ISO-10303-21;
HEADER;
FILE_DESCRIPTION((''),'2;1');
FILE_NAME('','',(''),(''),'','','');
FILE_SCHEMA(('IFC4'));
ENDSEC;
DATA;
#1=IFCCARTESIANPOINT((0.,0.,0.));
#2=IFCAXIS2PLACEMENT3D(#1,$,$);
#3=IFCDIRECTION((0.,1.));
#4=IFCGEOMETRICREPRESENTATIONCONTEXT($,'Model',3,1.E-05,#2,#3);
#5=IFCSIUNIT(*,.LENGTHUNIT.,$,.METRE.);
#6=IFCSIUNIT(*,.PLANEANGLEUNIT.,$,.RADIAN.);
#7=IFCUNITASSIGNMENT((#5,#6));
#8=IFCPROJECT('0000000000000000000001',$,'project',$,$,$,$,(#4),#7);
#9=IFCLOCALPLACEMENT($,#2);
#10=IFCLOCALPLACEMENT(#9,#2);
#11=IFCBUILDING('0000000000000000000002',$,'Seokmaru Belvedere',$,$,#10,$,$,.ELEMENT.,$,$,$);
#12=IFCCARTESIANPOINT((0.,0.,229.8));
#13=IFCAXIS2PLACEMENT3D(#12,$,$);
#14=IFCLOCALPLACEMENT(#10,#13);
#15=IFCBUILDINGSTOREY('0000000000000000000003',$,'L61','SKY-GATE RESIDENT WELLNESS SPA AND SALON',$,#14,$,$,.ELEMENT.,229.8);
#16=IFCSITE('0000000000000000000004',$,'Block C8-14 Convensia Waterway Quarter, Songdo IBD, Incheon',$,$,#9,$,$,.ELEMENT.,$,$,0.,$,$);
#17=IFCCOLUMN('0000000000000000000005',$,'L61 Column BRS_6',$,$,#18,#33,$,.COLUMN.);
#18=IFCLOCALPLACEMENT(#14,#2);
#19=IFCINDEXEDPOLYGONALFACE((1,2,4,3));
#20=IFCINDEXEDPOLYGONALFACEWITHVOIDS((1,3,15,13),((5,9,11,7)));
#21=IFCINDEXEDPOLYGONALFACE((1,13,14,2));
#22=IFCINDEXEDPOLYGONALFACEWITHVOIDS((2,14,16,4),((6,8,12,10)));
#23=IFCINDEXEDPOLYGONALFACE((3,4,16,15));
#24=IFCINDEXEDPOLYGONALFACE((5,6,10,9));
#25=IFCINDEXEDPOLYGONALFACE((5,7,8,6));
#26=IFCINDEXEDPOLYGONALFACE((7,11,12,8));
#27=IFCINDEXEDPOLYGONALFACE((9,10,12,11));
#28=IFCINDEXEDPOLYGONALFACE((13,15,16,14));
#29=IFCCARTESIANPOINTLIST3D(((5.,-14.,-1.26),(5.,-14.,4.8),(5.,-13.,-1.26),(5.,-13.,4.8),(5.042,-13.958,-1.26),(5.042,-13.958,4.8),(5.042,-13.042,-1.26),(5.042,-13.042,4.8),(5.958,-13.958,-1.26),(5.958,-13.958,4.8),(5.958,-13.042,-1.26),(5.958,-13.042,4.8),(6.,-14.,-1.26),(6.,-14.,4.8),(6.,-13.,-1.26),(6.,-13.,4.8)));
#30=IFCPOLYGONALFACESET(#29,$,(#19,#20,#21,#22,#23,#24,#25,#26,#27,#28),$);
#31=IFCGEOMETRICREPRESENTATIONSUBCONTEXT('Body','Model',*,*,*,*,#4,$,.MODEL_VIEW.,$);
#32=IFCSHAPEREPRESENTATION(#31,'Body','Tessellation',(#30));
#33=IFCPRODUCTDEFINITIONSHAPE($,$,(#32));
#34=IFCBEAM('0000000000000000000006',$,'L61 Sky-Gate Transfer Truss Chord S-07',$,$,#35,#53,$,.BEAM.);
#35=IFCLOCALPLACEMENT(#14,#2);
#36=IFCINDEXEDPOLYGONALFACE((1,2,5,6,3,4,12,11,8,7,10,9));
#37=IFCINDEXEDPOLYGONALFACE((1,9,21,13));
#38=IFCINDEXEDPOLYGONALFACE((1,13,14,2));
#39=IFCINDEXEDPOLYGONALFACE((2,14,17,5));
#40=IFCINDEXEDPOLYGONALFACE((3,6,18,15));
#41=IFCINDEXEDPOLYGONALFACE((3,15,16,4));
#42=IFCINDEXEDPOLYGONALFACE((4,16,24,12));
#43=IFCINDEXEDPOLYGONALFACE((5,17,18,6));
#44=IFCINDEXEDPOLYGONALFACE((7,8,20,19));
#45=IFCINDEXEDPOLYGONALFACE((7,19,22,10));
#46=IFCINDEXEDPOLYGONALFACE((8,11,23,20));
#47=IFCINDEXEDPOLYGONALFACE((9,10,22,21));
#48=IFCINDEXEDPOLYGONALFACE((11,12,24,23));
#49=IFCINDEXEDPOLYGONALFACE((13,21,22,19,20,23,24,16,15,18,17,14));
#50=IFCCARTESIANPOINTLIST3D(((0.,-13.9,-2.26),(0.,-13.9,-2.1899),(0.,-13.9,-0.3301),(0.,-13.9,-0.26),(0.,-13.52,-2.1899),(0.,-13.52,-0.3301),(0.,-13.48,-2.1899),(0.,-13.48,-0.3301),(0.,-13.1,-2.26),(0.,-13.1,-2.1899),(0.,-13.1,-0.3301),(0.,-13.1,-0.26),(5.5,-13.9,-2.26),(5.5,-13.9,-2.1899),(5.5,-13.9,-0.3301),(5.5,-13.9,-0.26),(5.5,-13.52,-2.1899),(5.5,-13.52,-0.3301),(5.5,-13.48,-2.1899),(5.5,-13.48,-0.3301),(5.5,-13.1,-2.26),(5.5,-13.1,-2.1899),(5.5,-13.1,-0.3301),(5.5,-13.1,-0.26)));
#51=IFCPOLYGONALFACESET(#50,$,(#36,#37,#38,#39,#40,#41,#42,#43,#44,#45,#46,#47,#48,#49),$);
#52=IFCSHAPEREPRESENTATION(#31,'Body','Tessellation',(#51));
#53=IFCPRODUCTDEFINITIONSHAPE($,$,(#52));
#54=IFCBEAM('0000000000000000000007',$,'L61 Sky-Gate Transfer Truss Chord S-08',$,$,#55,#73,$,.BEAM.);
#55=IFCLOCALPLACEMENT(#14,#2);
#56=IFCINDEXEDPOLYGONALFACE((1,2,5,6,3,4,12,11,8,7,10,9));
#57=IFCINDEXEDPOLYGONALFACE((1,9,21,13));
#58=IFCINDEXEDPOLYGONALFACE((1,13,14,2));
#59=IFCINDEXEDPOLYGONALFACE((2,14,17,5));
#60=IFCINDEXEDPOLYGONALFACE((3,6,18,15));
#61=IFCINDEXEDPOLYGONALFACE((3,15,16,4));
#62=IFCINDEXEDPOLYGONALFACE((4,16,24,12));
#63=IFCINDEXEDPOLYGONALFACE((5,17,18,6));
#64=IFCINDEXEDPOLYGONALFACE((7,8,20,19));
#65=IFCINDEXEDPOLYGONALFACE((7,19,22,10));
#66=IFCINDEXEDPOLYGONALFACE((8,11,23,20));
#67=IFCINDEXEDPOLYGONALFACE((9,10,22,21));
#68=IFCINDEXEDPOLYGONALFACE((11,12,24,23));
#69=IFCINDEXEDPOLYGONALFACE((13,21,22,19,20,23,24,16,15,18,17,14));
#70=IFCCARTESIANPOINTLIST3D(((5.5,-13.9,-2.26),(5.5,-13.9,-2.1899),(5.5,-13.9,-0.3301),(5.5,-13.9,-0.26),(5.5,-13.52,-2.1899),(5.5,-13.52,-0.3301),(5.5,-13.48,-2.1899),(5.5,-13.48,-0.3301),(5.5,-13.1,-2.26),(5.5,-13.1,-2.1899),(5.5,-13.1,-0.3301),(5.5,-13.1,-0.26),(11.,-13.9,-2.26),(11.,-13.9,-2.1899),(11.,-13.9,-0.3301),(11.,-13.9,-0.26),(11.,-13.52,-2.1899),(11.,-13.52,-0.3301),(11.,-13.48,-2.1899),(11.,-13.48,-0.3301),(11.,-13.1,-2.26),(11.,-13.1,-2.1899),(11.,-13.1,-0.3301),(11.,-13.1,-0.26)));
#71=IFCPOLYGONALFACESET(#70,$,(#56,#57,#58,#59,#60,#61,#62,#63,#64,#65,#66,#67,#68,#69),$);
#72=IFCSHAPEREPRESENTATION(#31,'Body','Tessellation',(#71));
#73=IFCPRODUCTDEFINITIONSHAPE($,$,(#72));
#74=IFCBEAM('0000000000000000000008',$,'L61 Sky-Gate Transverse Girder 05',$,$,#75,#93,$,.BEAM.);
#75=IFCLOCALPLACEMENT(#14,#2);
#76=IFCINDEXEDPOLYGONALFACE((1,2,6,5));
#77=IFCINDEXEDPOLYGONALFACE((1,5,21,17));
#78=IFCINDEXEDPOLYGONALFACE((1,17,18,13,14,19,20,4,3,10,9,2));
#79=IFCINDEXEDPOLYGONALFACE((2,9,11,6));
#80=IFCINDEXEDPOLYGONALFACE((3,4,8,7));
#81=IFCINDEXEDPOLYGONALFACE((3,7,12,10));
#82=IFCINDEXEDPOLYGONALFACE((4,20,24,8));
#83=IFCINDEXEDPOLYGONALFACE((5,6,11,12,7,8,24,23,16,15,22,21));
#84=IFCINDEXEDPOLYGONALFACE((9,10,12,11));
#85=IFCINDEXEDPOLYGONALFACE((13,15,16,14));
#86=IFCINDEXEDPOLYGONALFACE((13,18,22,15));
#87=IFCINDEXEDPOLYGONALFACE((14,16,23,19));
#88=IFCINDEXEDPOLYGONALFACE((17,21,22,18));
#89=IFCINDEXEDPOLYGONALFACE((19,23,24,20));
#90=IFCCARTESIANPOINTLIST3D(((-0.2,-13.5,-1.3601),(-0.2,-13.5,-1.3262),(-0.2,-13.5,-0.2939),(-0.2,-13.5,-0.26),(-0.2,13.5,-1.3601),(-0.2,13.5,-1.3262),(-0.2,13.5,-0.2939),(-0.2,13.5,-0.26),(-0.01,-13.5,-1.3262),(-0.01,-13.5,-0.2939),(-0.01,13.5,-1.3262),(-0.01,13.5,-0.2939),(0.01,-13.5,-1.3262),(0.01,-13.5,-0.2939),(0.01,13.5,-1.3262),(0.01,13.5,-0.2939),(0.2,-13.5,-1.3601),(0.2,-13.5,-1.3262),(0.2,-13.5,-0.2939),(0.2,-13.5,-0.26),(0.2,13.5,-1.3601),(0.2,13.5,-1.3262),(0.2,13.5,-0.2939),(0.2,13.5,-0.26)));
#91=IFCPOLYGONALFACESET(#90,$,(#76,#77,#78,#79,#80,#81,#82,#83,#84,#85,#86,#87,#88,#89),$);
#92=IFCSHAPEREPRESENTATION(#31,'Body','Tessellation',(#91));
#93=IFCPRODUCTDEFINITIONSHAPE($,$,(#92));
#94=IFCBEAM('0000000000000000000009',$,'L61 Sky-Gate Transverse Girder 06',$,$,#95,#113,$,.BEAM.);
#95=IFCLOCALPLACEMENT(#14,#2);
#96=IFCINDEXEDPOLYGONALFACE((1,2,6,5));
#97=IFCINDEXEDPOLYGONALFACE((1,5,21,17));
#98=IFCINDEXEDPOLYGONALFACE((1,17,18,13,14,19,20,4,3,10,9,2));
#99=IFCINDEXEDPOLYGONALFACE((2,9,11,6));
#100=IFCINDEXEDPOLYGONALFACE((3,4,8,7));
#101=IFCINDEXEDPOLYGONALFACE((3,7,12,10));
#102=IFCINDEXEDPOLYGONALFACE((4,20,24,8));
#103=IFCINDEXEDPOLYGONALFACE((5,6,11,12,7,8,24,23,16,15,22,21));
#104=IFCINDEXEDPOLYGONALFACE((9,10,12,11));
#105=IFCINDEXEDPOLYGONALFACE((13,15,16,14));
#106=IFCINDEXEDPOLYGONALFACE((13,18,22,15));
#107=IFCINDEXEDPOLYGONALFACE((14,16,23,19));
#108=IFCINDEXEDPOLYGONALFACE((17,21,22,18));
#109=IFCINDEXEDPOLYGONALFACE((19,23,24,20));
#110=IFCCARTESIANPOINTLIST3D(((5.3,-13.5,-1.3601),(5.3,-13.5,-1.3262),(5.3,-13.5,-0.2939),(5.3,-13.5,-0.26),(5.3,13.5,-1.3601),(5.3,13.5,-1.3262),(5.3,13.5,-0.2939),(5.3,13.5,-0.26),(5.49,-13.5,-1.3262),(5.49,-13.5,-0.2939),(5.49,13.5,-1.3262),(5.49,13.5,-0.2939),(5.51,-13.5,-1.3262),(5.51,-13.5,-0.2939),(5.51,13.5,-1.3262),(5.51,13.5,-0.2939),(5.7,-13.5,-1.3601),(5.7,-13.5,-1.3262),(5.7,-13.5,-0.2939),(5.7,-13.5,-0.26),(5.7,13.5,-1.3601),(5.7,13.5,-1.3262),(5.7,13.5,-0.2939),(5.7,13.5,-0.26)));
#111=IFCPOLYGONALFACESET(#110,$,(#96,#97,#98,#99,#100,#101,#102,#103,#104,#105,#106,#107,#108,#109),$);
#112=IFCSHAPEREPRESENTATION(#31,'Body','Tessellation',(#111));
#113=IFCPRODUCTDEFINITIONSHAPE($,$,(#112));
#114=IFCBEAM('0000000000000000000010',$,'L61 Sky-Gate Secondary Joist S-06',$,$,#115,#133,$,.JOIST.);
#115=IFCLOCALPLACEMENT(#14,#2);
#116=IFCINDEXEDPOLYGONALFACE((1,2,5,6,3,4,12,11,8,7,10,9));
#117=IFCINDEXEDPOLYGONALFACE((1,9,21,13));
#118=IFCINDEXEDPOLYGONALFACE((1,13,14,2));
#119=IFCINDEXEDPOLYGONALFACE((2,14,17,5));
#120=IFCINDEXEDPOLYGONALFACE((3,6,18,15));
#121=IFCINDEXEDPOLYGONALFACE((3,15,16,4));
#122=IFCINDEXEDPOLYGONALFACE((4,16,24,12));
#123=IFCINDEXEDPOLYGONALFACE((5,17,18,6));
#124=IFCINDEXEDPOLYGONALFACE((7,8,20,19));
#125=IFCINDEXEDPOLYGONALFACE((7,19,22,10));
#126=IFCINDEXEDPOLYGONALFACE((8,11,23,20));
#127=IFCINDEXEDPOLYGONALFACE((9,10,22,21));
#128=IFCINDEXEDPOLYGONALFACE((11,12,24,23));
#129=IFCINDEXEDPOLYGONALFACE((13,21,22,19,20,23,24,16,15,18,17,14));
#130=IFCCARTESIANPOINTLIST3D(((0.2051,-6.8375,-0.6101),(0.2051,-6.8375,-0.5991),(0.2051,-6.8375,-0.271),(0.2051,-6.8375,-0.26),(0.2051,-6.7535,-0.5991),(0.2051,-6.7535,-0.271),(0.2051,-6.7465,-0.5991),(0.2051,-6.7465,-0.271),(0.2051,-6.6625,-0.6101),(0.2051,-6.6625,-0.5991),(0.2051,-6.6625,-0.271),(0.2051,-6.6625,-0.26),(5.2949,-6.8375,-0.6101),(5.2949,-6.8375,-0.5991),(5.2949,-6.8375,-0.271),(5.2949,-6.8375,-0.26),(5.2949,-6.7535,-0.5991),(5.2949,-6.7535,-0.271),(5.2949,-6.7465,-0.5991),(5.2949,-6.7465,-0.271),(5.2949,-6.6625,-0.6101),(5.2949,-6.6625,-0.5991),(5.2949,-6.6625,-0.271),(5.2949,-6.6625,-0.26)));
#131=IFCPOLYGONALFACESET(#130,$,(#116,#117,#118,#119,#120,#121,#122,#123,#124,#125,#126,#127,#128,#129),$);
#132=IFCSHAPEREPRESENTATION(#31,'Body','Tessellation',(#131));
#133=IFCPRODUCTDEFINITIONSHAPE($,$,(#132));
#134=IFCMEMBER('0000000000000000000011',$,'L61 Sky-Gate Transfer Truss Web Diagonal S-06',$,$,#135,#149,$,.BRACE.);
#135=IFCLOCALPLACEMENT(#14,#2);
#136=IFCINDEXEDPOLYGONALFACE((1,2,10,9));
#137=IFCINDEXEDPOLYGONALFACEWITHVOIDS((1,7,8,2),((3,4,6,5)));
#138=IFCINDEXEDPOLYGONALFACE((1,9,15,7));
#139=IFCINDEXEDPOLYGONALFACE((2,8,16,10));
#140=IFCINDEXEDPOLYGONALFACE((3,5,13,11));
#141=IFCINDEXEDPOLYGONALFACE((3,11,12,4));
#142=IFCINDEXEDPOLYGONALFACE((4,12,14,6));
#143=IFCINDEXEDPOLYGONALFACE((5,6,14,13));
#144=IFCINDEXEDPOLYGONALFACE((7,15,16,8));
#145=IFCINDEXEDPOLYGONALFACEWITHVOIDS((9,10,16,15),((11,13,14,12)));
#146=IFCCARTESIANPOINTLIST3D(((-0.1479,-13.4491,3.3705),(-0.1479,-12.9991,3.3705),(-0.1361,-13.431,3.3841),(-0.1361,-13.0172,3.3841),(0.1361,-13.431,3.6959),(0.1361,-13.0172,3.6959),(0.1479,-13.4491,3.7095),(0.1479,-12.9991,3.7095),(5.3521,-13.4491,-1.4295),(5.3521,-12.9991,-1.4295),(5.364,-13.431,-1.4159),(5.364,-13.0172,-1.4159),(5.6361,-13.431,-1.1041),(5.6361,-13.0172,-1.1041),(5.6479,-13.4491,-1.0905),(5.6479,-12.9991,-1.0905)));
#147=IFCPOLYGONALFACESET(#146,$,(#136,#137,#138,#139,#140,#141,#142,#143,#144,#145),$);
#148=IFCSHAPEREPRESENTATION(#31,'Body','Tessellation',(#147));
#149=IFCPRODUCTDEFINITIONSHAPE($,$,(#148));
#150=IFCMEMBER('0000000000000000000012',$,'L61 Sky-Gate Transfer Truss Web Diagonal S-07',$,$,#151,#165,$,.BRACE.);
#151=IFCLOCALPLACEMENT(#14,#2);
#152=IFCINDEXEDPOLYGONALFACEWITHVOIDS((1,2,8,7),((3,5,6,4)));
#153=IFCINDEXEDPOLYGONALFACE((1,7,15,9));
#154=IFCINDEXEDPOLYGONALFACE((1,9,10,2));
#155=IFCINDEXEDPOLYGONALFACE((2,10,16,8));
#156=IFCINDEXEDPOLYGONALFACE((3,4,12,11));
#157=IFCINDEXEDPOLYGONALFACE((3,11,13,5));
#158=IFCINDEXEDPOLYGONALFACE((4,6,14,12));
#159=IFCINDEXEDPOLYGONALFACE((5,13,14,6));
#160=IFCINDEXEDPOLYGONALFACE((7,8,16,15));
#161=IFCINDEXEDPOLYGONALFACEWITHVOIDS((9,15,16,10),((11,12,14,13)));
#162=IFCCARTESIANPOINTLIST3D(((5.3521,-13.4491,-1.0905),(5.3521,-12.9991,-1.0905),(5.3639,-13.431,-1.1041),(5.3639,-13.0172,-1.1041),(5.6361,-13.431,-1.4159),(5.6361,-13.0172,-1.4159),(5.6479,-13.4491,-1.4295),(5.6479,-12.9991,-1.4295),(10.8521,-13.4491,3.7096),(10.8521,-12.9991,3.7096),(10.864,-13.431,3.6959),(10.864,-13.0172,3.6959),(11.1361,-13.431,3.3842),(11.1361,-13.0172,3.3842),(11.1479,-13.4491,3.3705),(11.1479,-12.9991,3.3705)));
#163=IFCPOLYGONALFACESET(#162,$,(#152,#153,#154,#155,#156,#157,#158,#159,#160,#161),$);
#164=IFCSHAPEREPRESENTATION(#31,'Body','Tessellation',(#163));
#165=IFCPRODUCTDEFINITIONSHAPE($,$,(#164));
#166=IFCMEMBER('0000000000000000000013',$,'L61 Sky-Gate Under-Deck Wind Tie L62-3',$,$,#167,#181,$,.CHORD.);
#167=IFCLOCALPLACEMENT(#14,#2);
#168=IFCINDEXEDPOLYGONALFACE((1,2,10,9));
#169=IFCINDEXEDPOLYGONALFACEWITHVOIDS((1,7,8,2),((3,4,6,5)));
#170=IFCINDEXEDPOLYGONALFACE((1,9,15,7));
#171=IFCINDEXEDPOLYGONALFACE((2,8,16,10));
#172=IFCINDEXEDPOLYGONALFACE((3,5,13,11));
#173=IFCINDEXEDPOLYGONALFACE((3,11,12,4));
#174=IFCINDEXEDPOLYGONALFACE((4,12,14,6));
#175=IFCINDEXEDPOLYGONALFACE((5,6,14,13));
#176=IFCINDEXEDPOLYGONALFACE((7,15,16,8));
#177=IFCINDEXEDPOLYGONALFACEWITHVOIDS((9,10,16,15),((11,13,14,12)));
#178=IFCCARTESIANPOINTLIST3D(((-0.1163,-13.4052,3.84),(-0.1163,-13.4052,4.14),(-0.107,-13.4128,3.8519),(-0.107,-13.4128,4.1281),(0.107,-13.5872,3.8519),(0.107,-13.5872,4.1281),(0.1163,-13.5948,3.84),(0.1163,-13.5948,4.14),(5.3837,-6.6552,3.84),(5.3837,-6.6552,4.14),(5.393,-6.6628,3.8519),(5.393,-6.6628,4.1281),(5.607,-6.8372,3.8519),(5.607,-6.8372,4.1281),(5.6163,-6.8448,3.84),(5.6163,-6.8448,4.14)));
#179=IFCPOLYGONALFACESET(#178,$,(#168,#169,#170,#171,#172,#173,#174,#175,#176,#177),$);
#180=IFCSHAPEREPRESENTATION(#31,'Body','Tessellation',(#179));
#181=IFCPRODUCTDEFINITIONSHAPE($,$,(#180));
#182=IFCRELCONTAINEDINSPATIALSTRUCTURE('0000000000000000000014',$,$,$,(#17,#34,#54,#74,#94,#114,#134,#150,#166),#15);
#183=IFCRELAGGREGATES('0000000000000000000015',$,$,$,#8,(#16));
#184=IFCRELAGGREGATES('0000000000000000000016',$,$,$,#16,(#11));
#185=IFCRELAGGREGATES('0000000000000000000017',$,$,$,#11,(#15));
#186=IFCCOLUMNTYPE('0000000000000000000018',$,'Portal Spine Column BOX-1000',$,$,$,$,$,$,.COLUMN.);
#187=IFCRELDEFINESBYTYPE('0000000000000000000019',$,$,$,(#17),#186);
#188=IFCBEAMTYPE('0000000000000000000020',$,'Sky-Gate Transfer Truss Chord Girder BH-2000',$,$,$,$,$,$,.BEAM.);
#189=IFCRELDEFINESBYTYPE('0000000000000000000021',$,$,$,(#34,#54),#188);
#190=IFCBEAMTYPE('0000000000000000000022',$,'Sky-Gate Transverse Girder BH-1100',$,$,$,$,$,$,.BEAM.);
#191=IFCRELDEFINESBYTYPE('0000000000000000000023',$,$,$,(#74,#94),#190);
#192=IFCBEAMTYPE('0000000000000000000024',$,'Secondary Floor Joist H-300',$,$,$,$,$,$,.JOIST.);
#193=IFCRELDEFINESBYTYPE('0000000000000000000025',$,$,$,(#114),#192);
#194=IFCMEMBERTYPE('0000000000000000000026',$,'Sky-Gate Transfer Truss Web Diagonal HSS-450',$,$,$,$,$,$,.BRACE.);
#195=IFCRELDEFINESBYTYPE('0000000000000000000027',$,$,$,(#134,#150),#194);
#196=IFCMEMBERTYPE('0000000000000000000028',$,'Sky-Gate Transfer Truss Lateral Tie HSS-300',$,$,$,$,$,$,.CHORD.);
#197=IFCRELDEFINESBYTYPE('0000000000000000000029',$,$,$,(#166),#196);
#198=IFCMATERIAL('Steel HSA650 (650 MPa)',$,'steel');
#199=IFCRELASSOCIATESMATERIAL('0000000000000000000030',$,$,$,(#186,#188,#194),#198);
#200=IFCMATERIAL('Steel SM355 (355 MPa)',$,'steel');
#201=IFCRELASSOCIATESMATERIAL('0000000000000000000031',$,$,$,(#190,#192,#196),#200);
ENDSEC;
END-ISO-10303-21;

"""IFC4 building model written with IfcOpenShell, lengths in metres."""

from ifc_helpers import new_model, si_unit, direction, frame, origin, origin_2d, place, context, subcontext, project, spatial, hollow_rectangle, i_section, extrude, source, transform, mapped, material, material_profile, profile_set, type_object, type_shapes, element, save


model = new_model("IFC4")

# Units and contexts
model_context = context("Model", 3, precision=1e-05, world=origin(), true_north=direction((0.0, 1.0)))
body_context = subcontext(model_context, "Body", "Model", "MODEL_VIEW")
ifc_project = project(units=[si_unit("LENGTHUNIT", "METRE"), si_unit("PLANEANGLEUNIT", "RADIAN")], contexts=[model_context])

# Site, building, storey
site_placement = place(None, origin())
site = spatial("IfcSite", under=ifc_project, at=site_placement, Name="Block C8-14 Convensia Waterway Quarter, Songdo IBD, Incheon", CompositionType="ELEMENT", RefElevation=0.0)
building_placement = place(site_placement, origin())
building = spatial("IfcBuilding", under=site, at=building_placement, Name="Seokmaru Belvedere", CompositionType="ELEMENT")
storey_placement = place(building_placement, frame((0.0, 0.0, 229.8)))
storey = spatial("IfcBuildingStorey", under=building, at=storey_placement, Name="L61", Description="SKY-GATE RESIDENT WELLNESS SPA AND SALON", CompositionType="ELEMENT", Elevation=229.8)

# Column
ifc_material_1 = material(Name="Steel HSA650 (650 MPa)", Category="steel")
ifc_material_profile_1 = material_profile(ifc_material_1, hollow_rectangle(XDim=1.0, YDim=1.0, WallThickness=0.042, at=origin_2d()), Name="BOX-1000x1000x42")
ifc_profile_set_1 = profile_set([ifc_material_profile_1], Name="Steel HSA650 (650 MPa)")
column_type = type_object("IfcColumnType", Name="Portal Spine Column BOX-1000", PredefinedType="COLUMN", material=ifc_profile_set_1)
shared_shape_1 = source(origin(), body_context, "Body", "SweptSolid", [
    extrude(hollow_rectangle(XDim=1.0, YDim=1.0, WallThickness=0.042, at=origin_2d()), origin(), (0.0, 0.0, 1.0), 6.0601),
])
type_shapes(column_type, [shared_shape_1])
column_placement = place(storey_placement, frame((5.5, -13.5, -1.26), z_axis=(0.0, 0.0, 1.0), x_axis=(1.0, 0.0, 0.0)))
element("IfcColumn", 1, at=column_placement, inside=storey, type_object=column_type, Name="L61 Column BRS_6", PredefinedType="COLUMN", context=body_context, shape_type="MappedRepresentation", body=[
    mapped(shared_shape_1, transform((0.0, 0.0, 0.0), scale=1.0)),
])

# Beams
ifc_material_profile_2 = material_profile(ifc_material_1, i_section(OverallWidth=0.8, OverallDepth=2.0, WebThickness=0.04, FlangeThickness=0.0701, at=origin_2d()), Name="BH-2000x800x40x70")
ifc_profile_set_2 = profile_set([ifc_material_profile_2], Name="Steel HSA650 (650 MPa)")
beam_type_1 = type_object("IfcBeamType", Name="Sky-Gate Transfer Truss Chord Girder BH-2000", PredefinedType="BEAM", material=ifc_profile_set_2)
shared_shape_2 = source(origin(), body_context, "Body", "SweptSolid", [
    extrude(i_section(OverallWidth=0.8, OverallDepth=2.0, WebThickness=0.04, FlangeThickness=0.0701, at=origin_2d()), origin(), (0.0, 0.0, 1.0), 5.5),
])
type_shapes(beam_type_1, [shared_shape_2])
for number, where, z_axis, x_axis, name in (
    (2, (0.0, -13.5, -1.26), (1.0, 0.0, 0.0), (0.0, 1.0, 0.0), "L61 Sky-Gate Transfer Truss Chord S-07"),
    (3, (5.5, -13.5, -1.26), (1.0, 0.0, 0.0), (0.0, 1.0, 0.0), "L61 Sky-Gate Transfer Truss Chord S-08"),
):
    element("IfcBeam", number, at=place(storey_placement, frame(where, z_axis=z_axis, x_axis=x_axis)), inside=storey, type_object=beam_type_1, Name=name, PredefinedType="BEAM", context=body_context, shape_type="MappedRepresentation", body=[
        mapped(shared_shape_2, transform((0.0, 0.0, 0.0), scale=1.0)),
    ])
ifc_material_2 = material(Name="Steel SM355 (355 MPa)", Category="steel")
ifc_material_profile_3 = material_profile(ifc_material_2, i_section(OverallWidth=0.3999, OverallDepth=1.1001, WebThickness=0.02, FlangeThickness=0.0339, at=origin_2d()), Name="BH-1100x400x20x34")
ifc_profile_set_3 = profile_set([ifc_material_profile_3], Name="Steel SM355 (355 MPa)")
beam_type_2 = type_object("IfcBeamType", Name="Sky-Gate Transverse Girder BH-1100", PredefinedType="BEAM", material=ifc_profile_set_3)
shared_shape_3 = source(origin(), body_context, "Body", "SweptSolid", [
    extrude(i_section(OverallWidth=0.3999, OverallDepth=1.1001, WebThickness=0.02, FlangeThickness=0.0339, at=origin_2d()), origin(), (0.0, 0.0, 1.0), 27.0),
])
type_shapes(beam_type_2, [shared_shape_3])
for number, where, z_axis, x_axis, name in (
    (4, (0.0, -13.5, -0.8101), (0.0, 1.0, 0.0), (-1.0, 0.0, 0.0), "L61 Sky-Gate Transverse Girder 05"),
    (5, (5.5, -13.5, -0.8101), (0.0, 1.0, 0.0), (-1.0, 0.0, 0.0), "L61 Sky-Gate Transverse Girder 06"),
):
    element("IfcBeam", number, at=place(storey_placement, frame(where, z_axis=z_axis, x_axis=x_axis)), inside=storey, type_object=beam_type_2, Name=name, PredefinedType="BEAM", context=body_context, shape_type="MappedRepresentation", body=[
        mapped(shared_shape_3, transform((0.0, 0.0, 0.0), scale=1.0)),
    ])
ifc_material_profile_4 = material_profile(ifc_material_2, i_section(OverallWidth=0.175, OverallDepth=0.3501, WebThickness=0.0071, FlangeThickness=0.011, at=origin_2d()), Name="H-350x175x7x11")
ifc_profile_set_4 = profile_set([ifc_material_profile_4], Name="Steel SM355 (355 MPa)")
beam_type_3 = type_object("IfcBeamType", Name="Secondary Floor Joist H-300", PredefinedType="JOIST", material=ifc_profile_set_4)
shared_shape_4 = source(origin(), body_context, "Body", "SweptSolid", [
    extrude(i_section(OverallWidth=0.175, OverallDepth=0.3501, WebThickness=0.0071, FlangeThickness=0.011, at=origin_2d()), origin(), (0.0, 0.0, 1.0), 5.0898),
])
type_shapes(beam_type_3, [shared_shape_4])
beam_placement = place(storey_placement, frame((0.2051, -6.75, -0.4351), z_axis=(1.0, 0.0, 0.0), x_axis=(0.0, 1.0, 0.0)))
element("IfcBeam", 6, at=beam_placement, inside=storey, type_object=beam_type_3, Name="L61 Sky-Gate Secondary Joist S-06", PredefinedType="JOIST", context=body_context, shape_type="MappedRepresentation", body=[
    mapped(shared_shape_4, transform((0.0, 0.0, 0.0), scale=1.0)),
])

# Members
ifc_material_profile_5 = material_profile(ifc_material_1, hollow_rectangle(XDim=0.45, YDim=0.45, WallThickness=0.0181, at=origin_2d()), Name="HSS-450x450x18")
ifc_profile_set_5 = profile_set([ifc_material_profile_5], Name="Steel HSA650 (650 MPa)")
member_type_1 = type_object("IfcMemberType", Name="Sky-Gate Transfer Truss Web Diagonal HSS-450", PredefinedType="BRACE", material=ifc_profile_set_5)
shared_shape_5 = source(origin(), body_context, "Body", "SweptSolid", [
    extrude(hollow_rectangle(XDim=0.45, YDim=0.45, WallThickness=0.0181, at=origin_2d()), origin(), (0.0, 0.0, 1.0), 7.3),
])
type_shapes(member_type_1, [shared_shape_5])
for number, where, z_axis, x_axis, name in (
    (7, (0.0, -13.2241, 3.54), (0.753421, 0.0, -0.657538), (0.0, 1.0, 0.0), "L61 Sky-Gate Transfer Truss Web Diagonal S-06"),
    (8, (5.5, -13.2241, -1.26), (0.753421, 0.0, 0.657538), (0.0, 1.0, 0.0), "L61 Sky-Gate Transfer Truss Web Diagonal S-07"),
):
    element("IfcMember", number, at=place(storey_placement, frame(where, z_axis=z_axis, x_axis=x_axis)), inside=storey, type_object=member_type_1, Name=name, PredefinedType="BRACE", context=body_context, shape_type="MappedRepresentation", body=[
        mapped(shared_shape_5, transform((0.0, 0.0, 0.0), scale=1.0)),
    ])
ifc_material_profile_6 = material_profile(ifc_material_2, hollow_rectangle(XDim=0.3, YDim=0.3, WallThickness=0.012, at=origin_2d()), Name="HSS-300x300x12")
ifc_profile_set_6 = profile_set([ifc_material_profile_6], Name="Steel SM355 (355 MPa)")
member_type_2 = type_object("IfcMemberType", Name="Sky-Gate Transfer Truss Lateral Tie HSS-300", PredefinedType="CHORD", material=ifc_profile_set_6)
shared_shape_6 = source(origin(), body_context, "Body", "SweptSolid", [
    extrude(hollow_rectangle(XDim=0.3, YDim=0.3, WallThickness=0.012, at=origin_2d()), origin(), (0.0, 0.0, 1.0), 8.707),
])
type_shapes(member_type_2, [shared_shape_6])
member_1_placement = place(storey_placement, frame((0.0, -13.5, 3.99), z_axis=(0.631673, 0.775235, 0.0), x_axis=(-0.775235, 0.631673, 0.0)))
element("IfcMember", 9, at=member_1_placement, inside=storey, type_object=member_type_2, Name="L61 Sky-Gate Under-Deck Wind Tie L62-3", PredefinedType="CHORD", context=body_context, shape_type="MappedRepresentation", body=[
    mapped(shared_shape_6, transform((0.0, 0.0, 0.0), scale=1.0)),
])

save(model, "model.ifc")
